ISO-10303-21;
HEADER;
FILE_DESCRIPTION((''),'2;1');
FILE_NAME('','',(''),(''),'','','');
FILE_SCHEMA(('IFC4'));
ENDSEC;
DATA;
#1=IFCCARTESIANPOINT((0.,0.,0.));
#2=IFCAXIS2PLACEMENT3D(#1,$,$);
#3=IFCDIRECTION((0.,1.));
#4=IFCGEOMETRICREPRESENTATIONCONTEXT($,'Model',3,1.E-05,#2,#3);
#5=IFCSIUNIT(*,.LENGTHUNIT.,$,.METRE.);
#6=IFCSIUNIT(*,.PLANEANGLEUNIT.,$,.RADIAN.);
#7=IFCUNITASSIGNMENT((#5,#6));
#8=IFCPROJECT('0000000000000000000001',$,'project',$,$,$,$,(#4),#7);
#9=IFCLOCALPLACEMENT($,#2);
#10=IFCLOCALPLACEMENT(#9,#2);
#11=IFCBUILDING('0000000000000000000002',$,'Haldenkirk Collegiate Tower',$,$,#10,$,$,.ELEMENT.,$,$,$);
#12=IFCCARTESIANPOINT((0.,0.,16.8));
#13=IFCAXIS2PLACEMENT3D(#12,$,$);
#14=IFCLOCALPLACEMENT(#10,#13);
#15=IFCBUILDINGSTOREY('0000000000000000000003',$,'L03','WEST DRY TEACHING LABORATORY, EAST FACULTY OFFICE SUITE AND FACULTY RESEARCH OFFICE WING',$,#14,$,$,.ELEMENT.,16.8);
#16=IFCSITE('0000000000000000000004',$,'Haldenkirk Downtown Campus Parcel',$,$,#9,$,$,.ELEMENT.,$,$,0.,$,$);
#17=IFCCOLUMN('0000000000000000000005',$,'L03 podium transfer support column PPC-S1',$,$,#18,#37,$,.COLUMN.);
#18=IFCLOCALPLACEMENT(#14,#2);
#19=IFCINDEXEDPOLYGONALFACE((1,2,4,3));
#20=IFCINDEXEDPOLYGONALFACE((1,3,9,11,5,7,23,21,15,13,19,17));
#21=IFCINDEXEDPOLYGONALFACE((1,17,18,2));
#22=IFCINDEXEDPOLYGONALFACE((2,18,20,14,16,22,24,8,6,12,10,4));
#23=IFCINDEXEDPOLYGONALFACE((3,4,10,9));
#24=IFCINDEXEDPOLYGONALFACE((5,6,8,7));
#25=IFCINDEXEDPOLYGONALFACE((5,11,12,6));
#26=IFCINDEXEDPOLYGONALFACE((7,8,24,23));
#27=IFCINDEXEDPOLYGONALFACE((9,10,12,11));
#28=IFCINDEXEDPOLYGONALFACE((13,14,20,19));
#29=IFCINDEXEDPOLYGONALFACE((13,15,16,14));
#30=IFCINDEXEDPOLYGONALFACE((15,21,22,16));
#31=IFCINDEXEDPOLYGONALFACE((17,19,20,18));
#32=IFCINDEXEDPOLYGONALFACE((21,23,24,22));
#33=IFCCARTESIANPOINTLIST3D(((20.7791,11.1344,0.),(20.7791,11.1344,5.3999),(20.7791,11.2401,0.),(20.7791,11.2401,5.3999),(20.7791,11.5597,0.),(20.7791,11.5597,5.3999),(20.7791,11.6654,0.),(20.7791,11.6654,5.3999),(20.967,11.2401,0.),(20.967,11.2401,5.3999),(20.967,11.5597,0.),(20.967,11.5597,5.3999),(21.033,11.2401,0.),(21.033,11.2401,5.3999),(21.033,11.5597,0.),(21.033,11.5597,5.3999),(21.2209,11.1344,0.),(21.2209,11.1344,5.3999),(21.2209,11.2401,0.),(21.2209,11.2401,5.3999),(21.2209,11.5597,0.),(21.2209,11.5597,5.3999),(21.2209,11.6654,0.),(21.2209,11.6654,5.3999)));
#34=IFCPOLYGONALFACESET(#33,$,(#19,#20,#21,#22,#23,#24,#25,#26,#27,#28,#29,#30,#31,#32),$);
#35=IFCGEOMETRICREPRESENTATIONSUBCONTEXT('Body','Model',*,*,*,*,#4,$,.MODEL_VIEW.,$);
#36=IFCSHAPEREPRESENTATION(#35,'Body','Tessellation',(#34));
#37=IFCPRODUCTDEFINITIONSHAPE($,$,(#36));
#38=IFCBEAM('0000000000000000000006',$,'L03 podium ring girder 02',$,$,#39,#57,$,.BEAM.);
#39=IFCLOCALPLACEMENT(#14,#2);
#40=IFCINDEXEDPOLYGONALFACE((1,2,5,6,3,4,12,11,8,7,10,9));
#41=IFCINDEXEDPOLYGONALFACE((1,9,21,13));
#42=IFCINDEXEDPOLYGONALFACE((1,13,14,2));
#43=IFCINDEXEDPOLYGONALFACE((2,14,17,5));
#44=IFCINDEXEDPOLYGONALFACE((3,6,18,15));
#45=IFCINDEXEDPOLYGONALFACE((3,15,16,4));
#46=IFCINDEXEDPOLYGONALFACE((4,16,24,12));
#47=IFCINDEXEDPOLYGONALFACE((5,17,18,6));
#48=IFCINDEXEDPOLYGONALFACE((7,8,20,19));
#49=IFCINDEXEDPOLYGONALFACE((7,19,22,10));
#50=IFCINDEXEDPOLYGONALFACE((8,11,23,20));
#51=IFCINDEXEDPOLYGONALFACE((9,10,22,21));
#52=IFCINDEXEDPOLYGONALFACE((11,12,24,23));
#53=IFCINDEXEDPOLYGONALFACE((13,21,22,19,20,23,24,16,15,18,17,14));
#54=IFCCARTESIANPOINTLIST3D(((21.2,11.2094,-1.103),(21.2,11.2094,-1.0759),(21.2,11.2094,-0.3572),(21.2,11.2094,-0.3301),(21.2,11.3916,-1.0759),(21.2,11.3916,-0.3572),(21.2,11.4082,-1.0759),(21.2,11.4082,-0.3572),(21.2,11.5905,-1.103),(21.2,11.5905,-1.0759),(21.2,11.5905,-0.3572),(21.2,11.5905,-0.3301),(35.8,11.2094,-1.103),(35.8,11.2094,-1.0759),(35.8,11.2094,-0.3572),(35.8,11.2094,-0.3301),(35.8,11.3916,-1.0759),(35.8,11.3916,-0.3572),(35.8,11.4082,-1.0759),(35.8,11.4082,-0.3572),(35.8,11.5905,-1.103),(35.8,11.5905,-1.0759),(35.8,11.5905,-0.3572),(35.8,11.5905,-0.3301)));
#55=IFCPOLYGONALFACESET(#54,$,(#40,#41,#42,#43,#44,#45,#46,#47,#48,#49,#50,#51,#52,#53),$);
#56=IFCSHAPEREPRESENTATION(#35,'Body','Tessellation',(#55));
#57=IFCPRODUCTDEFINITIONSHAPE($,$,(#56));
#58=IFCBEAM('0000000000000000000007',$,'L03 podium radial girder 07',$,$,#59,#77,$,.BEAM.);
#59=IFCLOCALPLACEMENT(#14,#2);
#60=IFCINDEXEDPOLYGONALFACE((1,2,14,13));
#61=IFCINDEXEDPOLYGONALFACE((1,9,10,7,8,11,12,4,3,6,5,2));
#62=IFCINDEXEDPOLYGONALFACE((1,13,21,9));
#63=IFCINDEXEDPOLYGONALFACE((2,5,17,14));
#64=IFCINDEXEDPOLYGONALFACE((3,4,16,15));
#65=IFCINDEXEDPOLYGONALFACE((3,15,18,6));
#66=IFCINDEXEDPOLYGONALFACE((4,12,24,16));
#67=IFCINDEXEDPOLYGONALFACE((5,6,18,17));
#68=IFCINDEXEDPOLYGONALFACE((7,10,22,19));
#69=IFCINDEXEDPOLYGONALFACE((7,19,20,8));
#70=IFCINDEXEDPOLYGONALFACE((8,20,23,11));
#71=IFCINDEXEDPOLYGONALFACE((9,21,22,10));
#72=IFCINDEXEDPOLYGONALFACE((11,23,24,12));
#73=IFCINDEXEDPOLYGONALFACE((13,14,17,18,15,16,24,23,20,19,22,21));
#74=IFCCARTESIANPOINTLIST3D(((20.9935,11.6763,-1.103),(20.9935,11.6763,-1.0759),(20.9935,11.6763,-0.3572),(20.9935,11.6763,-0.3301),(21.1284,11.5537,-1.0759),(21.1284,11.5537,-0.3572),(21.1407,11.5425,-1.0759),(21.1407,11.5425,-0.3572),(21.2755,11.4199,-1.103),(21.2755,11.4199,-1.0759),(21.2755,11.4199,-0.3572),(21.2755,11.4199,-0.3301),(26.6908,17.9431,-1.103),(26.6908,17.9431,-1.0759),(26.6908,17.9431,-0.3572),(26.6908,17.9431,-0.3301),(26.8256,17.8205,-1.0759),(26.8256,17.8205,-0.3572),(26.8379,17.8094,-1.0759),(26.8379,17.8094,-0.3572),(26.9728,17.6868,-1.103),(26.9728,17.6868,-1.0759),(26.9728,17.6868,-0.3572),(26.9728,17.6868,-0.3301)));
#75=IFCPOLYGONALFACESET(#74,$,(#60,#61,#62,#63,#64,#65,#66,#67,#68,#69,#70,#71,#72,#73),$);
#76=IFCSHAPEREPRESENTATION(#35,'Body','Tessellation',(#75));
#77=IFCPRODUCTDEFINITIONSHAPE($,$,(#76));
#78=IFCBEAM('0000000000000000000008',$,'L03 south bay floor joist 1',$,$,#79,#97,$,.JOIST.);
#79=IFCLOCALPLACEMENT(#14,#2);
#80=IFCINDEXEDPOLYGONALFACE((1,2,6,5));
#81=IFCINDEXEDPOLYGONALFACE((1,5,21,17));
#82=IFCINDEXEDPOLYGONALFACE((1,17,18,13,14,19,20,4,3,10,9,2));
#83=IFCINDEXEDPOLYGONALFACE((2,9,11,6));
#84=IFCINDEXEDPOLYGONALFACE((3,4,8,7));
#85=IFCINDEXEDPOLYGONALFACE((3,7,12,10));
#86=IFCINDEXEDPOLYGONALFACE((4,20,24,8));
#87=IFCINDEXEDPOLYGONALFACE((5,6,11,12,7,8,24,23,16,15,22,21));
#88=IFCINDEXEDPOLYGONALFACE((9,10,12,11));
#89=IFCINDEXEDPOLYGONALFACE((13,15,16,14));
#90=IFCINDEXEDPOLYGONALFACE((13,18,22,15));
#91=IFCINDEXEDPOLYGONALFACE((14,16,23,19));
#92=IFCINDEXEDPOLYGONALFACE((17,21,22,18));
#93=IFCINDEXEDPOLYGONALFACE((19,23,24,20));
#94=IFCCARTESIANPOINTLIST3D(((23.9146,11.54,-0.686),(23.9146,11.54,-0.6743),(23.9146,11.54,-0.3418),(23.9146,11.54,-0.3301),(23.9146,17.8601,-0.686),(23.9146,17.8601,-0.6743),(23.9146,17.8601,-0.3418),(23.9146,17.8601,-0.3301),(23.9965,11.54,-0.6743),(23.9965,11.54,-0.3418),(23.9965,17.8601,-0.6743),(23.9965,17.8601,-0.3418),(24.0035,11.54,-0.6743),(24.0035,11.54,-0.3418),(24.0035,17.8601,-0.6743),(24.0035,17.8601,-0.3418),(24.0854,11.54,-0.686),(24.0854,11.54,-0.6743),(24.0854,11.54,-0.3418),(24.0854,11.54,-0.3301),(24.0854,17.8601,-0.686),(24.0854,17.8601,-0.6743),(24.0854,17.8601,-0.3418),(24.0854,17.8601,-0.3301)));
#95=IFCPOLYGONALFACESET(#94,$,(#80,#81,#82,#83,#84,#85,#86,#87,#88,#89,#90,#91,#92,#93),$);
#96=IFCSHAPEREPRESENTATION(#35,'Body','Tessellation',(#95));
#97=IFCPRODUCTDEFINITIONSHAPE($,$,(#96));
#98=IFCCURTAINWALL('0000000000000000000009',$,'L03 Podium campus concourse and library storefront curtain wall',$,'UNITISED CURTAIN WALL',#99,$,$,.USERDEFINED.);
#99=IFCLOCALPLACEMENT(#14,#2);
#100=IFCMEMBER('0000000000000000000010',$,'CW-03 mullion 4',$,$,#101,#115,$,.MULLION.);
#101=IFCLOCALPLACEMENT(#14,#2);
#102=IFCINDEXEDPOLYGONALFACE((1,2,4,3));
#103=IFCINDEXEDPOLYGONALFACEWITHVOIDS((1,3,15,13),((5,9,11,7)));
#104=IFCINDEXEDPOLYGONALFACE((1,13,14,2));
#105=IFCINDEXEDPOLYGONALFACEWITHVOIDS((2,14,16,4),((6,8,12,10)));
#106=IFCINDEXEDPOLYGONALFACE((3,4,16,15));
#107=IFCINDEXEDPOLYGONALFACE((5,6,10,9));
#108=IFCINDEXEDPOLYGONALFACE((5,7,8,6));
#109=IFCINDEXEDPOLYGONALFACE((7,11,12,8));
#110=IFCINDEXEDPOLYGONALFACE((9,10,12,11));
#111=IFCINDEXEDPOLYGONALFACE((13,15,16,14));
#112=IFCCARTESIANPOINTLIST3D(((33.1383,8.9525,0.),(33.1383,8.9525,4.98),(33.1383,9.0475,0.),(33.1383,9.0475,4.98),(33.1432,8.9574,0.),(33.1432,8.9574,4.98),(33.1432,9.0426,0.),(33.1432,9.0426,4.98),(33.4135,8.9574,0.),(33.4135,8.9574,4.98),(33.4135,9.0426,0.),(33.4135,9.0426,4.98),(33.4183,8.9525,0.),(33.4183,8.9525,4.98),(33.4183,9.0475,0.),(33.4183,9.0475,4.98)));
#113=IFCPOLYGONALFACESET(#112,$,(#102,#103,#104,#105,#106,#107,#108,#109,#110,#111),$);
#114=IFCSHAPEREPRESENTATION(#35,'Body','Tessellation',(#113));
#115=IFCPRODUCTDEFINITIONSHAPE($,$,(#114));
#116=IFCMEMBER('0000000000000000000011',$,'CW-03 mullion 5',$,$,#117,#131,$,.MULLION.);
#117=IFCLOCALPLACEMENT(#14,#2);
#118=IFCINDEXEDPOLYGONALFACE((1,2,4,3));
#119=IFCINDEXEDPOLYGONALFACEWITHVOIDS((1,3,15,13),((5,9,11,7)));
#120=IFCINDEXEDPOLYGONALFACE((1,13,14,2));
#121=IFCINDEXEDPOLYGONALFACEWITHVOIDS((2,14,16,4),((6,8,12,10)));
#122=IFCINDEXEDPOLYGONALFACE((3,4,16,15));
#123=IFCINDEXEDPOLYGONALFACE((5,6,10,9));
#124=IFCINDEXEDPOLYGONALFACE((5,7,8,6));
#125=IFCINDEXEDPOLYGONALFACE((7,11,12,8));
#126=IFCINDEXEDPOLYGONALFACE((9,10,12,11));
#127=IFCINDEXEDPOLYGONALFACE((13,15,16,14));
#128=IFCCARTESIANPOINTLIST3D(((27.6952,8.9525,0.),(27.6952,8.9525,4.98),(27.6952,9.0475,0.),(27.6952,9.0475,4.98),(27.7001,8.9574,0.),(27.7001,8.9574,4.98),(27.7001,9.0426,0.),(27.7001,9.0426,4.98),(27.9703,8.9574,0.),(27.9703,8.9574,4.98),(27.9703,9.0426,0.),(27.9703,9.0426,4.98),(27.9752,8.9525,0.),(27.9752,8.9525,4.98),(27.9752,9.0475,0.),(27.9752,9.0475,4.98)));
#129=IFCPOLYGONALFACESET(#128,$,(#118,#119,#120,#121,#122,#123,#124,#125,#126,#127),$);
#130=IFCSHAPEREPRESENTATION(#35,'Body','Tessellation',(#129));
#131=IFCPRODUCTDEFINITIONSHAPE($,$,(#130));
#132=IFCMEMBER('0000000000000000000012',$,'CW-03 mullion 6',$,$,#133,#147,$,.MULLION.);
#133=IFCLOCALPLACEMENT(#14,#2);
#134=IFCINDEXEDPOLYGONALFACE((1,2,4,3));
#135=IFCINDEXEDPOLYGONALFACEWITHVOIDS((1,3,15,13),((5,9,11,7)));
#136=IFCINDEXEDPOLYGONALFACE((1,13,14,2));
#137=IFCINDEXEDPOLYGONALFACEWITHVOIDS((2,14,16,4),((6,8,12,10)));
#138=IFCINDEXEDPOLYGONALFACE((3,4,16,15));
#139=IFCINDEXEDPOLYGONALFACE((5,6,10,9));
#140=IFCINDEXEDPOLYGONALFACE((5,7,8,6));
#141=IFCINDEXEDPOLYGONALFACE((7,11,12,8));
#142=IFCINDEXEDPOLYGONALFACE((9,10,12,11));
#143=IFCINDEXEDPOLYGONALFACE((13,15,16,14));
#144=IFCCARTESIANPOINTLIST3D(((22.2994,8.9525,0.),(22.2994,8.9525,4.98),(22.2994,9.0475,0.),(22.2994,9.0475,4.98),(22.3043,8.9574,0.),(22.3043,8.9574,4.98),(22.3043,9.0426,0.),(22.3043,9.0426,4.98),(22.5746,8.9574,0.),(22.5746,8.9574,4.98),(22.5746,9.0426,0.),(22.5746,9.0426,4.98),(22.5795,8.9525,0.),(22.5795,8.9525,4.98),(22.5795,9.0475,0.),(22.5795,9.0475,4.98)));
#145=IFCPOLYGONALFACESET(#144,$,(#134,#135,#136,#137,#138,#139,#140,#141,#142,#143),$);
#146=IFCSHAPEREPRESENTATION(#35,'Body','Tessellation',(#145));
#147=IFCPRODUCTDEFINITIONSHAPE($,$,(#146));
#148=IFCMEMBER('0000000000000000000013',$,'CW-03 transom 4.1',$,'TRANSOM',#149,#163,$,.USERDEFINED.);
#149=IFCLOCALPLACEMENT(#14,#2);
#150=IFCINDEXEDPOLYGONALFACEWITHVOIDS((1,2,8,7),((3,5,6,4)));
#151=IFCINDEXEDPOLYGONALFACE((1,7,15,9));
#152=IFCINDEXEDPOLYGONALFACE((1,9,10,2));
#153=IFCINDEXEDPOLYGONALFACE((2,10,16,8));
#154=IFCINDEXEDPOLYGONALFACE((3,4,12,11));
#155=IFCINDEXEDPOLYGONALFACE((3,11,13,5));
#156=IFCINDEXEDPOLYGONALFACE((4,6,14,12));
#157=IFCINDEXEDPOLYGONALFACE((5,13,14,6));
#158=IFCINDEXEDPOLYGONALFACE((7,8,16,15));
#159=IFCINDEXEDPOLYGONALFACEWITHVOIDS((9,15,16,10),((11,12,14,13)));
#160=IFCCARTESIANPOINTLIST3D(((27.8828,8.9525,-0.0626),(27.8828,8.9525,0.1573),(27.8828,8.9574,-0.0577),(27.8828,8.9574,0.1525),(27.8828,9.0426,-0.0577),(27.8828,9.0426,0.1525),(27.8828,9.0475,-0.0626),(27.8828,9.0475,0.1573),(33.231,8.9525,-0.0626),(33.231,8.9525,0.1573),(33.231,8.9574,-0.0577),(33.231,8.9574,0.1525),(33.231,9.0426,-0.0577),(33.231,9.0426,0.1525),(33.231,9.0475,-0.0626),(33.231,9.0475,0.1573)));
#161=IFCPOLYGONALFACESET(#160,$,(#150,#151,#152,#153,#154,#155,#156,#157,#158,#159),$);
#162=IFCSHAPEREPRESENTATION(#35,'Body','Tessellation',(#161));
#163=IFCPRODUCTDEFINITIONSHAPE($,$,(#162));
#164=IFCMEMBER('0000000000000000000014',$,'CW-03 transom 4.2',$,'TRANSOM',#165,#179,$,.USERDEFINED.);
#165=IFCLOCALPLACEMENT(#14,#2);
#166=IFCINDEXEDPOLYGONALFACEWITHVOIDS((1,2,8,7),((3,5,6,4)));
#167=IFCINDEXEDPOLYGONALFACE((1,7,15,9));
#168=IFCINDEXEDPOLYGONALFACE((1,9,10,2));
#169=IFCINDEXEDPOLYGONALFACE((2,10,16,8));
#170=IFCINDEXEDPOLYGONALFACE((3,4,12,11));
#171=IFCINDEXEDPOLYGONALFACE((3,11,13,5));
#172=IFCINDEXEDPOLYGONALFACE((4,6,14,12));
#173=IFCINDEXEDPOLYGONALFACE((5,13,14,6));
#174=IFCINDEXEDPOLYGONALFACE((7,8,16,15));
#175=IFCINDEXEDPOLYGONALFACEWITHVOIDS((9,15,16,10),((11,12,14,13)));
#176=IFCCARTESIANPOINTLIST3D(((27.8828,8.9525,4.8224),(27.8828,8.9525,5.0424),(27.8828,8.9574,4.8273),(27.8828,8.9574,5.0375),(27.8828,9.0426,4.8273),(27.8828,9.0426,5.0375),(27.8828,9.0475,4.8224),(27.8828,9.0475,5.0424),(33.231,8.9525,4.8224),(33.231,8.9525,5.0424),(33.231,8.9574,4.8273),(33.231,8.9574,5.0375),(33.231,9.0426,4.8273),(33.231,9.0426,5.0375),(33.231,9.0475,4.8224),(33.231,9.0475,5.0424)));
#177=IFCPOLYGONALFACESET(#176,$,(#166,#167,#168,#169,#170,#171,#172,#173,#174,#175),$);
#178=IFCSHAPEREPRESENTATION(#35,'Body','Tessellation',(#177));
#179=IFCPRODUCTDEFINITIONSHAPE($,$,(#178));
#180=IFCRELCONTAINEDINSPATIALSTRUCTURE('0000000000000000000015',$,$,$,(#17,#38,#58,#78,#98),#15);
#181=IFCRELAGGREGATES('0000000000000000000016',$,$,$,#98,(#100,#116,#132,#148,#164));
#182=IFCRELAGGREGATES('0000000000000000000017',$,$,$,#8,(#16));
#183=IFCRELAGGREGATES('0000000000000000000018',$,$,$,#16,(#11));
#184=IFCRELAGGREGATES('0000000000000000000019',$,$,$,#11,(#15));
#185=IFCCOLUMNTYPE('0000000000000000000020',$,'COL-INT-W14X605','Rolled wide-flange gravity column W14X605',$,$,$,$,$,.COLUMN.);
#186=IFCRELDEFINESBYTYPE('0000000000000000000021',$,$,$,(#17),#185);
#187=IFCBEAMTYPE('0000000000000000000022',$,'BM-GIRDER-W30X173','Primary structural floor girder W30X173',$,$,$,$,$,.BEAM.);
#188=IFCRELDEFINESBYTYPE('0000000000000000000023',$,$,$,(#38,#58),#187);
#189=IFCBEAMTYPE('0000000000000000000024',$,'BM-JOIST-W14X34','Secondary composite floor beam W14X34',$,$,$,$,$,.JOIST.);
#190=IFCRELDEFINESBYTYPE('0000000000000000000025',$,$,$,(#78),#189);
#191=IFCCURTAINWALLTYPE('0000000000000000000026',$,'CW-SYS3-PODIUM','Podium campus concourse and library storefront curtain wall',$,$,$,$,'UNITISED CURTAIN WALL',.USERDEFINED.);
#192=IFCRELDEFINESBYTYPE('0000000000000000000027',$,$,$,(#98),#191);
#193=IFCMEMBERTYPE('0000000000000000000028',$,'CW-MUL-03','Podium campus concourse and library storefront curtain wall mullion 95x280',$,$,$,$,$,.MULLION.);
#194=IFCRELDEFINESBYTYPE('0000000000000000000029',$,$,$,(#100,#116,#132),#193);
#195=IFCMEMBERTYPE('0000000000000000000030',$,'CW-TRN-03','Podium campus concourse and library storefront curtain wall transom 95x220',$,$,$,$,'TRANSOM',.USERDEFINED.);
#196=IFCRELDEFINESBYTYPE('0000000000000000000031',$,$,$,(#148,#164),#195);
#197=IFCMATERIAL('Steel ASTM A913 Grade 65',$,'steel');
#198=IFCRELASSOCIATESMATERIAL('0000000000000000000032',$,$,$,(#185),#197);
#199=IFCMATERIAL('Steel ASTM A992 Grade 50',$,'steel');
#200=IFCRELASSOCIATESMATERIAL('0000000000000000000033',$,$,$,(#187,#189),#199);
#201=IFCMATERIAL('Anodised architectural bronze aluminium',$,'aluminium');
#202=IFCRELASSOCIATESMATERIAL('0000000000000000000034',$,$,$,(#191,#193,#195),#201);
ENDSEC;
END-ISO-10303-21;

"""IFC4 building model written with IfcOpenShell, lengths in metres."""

from ifc_helpers import new_model, si_unit, direction, frame, origin, origin_2d, place, context, subcontext, project, spatial, hollow_rectangle, i_section, extrude, material, material_profile, profile_set, type_object, element, aggregate, save


model = new_model("IFC4")

# Units and contexts
model_context = context("Model", 3, precision=1e-05, world=origin(), true_north=direction((0.0, 1.0)))
body_context = subcontext(model_context, "Body", "Model", "MODEL_VIEW")
ifc_project = project(units=[si_unit("LENGTHUNIT", "METRE"), si_unit("PLANEANGLEUNIT", "RADIAN")], contexts=[model_context])

# Site, building, storey
site_placement = place(None, origin())
site = spatial("IfcSite", under=ifc_project, at=site_placement, Name="Haldenkirk Downtown Campus Parcel", CompositionType="ELEMENT", RefElevation=0.0)
building_placement = place(site_placement, origin())
building = spatial("IfcBuilding", under=site, at=building_placement, Name="Haldenkirk Collegiate Tower", CompositionType="ELEMENT")
storey_placement = place(building_placement, frame((0.0, 0.0, 16.8)))
storey = spatial("IfcBuildingStorey", under=building, at=storey_placement, Name="L03", Description="WEST DRY TEACHING LABORATORY, EAST FACULTY OFFICE SUITE AND FACULTY RESEARCH OFFICE WING", CompositionType="ELEMENT", Elevation=16.8)

# Column
ifc_material_1 = material(Name="Steel ASTM A913 Grade 65", Category="steel")
ifc_material_profile_1 = material_profile(ifc_material_1, i_section(OverallWidth=0.4419, OverallDepth=0.531, WebThickness=0.0659, FlangeThickness=0.1057, at=origin_2d()), Name="W14X605")
ifc_profile_set_1 = profile_set([ifc_material_profile_1], Name="Steel ASTM A913 Grade 65")
column_type = type_object("IfcColumnType", Name="COL-INT-W14X605", Description="Rolled wide-flange gravity column W14X605", PredefinedType="COLUMN", material=ifc_profile_set_1)
column_placement = place(storey_placement, frame((21.0, 11.3999, 0.0), z_axis=(0.0, 0.0, 1.0), x_axis=(1.0, 0.0, 0.0)))
element("IfcColumn", 1, at=column_placement, inside=storey, type_object=column_type, Name="L03 podium transfer support column PPC-S1", PredefinedType="COLUMN", context=body_context, shape_type="SweptSolid", body=[
    extrude(i_section(OverallWidth=0.4419, OverallDepth=0.531, WebThickness=0.0659, FlangeThickness=0.1057, at=origin_2d()), origin(), (0.0, 0.0, 1.0), 5.3999),
])

# Beams
ifc_material_2 = material(Name="Steel ASTM A992 Grade 50", Category="steel")
ifc_material_profile_2 = material_profile(ifc_material_2, i_section(OverallWidth=0.3811, OverallDepth=0.7729, WebThickness=0.0166, FlangeThickness=0.0271, at=origin_2d()), Name="W30X173")
ifc_profile_set_2 = profile_set([ifc_material_profile_2], Name="Steel ASTM A992 Grade 50")
beam_type_1 = type_object("IfcBeamType", Name="BM-GIRDER-W30X173", Description="Primary structural floor girder W30X173", PredefinedType="BEAM", material=ifc_profile_set_2)
beam_1_placement = place(storey_placement, frame((21.2, 11.3999, -0.7166), z_axis=(1.0, 0.0, 0.0), x_axis=(0.0, 1.0, 0.0)))
element("IfcBeam", 2, at=beam_1_placement, inside=storey, type_object=beam_type_1, Name="L03 podium ring girder 02", PredefinedType="BEAM", context=body_context, shape_type="SweptSolid", body=[
    extrude(i_section(OverallWidth=0.3811, OverallDepth=0.7729, WebThickness=0.0166, FlangeThickness=0.0271, at=origin_2d()), origin(), (0.0, 0.0, 1.0), 14.6001),
])
beam_2_placement = place(storey_placement, frame((21.1345, 11.5481, -0.7166), z_axis=(0.672681, 0.739932, 0.0), x_axis=(-0.739932, 0.672681, 0.0)))
element("IfcBeam", 3, at=beam_2_placement, inside=storey, type_object=beam_type_1, Name="L03 podium radial girder 07", PredefinedType="BEAM", context=body_context, shape_type="SweptSolid", body=[
    extrude(i_section(OverallWidth=0.3811, OverallDepth=0.7729, WebThickness=0.0166, FlangeThickness=0.0271, at=origin_2d()), origin(), (0.0, 0.0, 1.0), 8.4695),
])
ifc_material_profile_3 = material_profile(ifc_material_2, i_section(OverallWidth=0.1709, OverallDepth=0.356, WebThickness=0.0071, FlangeThickness=0.0117, at=origin_2d()), Name="W14X34")
ifc_profile_set_3 = profile_set([ifc_material_profile_3], Name="Steel ASTM A992 Grade 50")
beam_type_2 = type_object("IfcBeamType", Name="BM-JOIST-W14X34", Description="Secondary composite floor beam W14X34", PredefinedType="JOIST", material=ifc_profile_set_3)
beam_3_placement = place(storey_placement, frame((24.0, 11.54, -0.5081), z_axis=(0.0, 1.0, 0.0), x_axis=(-1.0, 0.0, 0.0)))
element("IfcBeam", 4, at=beam_3_placement, inside=storey, type_object=beam_type_2, Name="L03 south bay floor joist 1", PredefinedType="JOIST", context=body_context, shape_type="SweptSolid", body=[
    extrude(i_section(OverallWidth=0.1709, OverallDepth=0.356, WebThickness=0.0071, FlangeThickness=0.0117, at=origin_2d()), origin(), (0.0, 0.0, 1.0), 6.3201),
])

# Curtain wall, members
ifc_material_3 = material(Name="Anodised architectural bronze aluminium", Category="aluminium")
curtain_wall_type = type_object("IfcCurtainWallType", Name="CW-SYS3-PODIUM", Description="Podium campus concourse and library storefront curtain wall", ElementType="UNITISED CURTAIN WALL", PredefinedType="USERDEFINED", material=ifc_material_3)
curtain_wall_placement = place(storey_placement, origin())
curtain_wall = element("IfcCurtainWall", 5, at=curtain_wall_placement, inside=storey, type_object=curtain_wall_type, Name="L03 Podium campus concourse and library storefront curtain wall", ObjectType="UNITISED CURTAIN WALL", PredefinedType="USERDEFINED")
ifc_material_profile_4 = material_profile(ifc_material_3, hollow_rectangle(XDim=0.095, YDim=0.28, WallThickness=0.0049, at=origin_2d()), Name="CW-MUL-03")
ifc_profile_set_4 = profile_set([ifc_material_profile_4], Name="Anodised architectural bronze aluminium")
member_type_1 = type_object("IfcMemberType", Name="CW-MUL-03", Description="Podium campus concourse and library storefront curtain wall mullion 95x280", PredefinedType="MULLION", material=ifc_profile_set_4)
member_1_placement = place(storey_placement, frame((33.2783, 9.0, 0.0), z_axis=(0.0, 0.0, 1.0), x_axis=(0.0, -1.0, 0.0)))
member_1 = element("IfcMember", 6, at=member_1_placement, type_object=member_type_1, Name="CW-03 mullion 4", PredefinedType="MULLION", context=body_context, shape_type="SweptSolid", body=[
    extrude(hollow_rectangle(XDim=0.095, YDim=0.28, WallThickness=0.0049, at=origin_2d()), origin(), (0.0, 0.0, 1.0), 4.98),
])
member_2_placement = place(storey_placement, frame((27.8352, 9.0, 0.0), z_axis=(0.0, 0.0, 1.0), x_axis=(0.0, -1.0, 0.0)))
member_2 = element("IfcMember", 7, at=member_2_placement, type_object=member_type_1, Name="CW-03 mullion 5", PredefinedType="MULLION", context=body_context, shape_type="SweptSolid", body=[
    extrude(hollow_rectangle(XDim=0.095, YDim=0.28, WallThickness=0.0049, at=origin_2d()), origin(), (0.0, 0.0, 1.0), 4.98),
])
member_3_placement = place(storey_placement, frame((22.4395, 9.0, 0.0), z_axis=(0.0, 0.0, 1.0), x_axis=(0.0, -1.0, 0.0)))
member_3 = element("IfcMember", 8, at=member_3_placement, type_object=member_type_1, Name="CW-03 mullion 6", PredefinedType="MULLION", context=body_context, shape_type="SweptSolid", body=[
    extrude(hollow_rectangle(XDim=0.095, YDim=0.28, WallThickness=0.0049, at=origin_2d()), origin(), (0.0, 0.0, 1.0), 4.98),
])
ifc_material_profile_5 = material_profile(ifc_material_3, hollow_rectangle(XDim=0.095, YDim=0.22, WallThickness=0.0049, at=origin_2d()), Name="CW-TRN-03")
ifc_profile_set_5 = profile_set([ifc_material_profile_5], Name="Anodised architectural bronze aluminium")
member_type_2 = type_object("IfcMemberType", Name="CW-TRN-03", Description="Podium campus concourse and library storefront curtain wall transom 95x220", ElementType="TRANSOM", PredefinedType="USERDEFINED", material=ifc_profile_set_5)
member_4_placement = place(storey_placement, frame((33.231, 9.0, 0.0474), z_axis=(-1.0, 0.0, 0.0), x_axis=(0.0, -1.0, 0.0)))
member_4 = element("IfcMember", 9, at=member_4_placement, type_object=member_type_2, Name="CW-03 transom 4.1", ObjectType="TRANSOM", PredefinedType="USERDEFINED", context=body_context, shape_type="SweptSolid", body=[
    extrude(hollow_rectangle(XDim=0.095, YDim=0.22, WallThickness=0.0049, at=origin_2d()), origin(), (0.0, 0.0, 1.0), 5.3481),
])
member_5_placement = place(storey_placement, frame((33.231, 9.0, 4.9324), z_axis=(-1.0, 0.0, 0.0), x_axis=(0.0, -1.0, 0.0)))
member_5 = element("IfcMember", 10, at=member_5_placement, type_object=member_type_2, Name="CW-03 transom 4.2", ObjectType="TRANSOM", PredefinedType="USERDEFINED", context=body_context, shape_type="SweptSolid", body=[
    extrude(hollow_rectangle(XDim=0.095, YDim=0.22, WallThickness=0.0049, at=origin_2d()), origin(), (0.0, 0.0, 1.0), 5.3481),
])
aggregate(curtain_wall, [member_1, member_2, member_3, member_4, member_5])

save(model, "model.ifc")
